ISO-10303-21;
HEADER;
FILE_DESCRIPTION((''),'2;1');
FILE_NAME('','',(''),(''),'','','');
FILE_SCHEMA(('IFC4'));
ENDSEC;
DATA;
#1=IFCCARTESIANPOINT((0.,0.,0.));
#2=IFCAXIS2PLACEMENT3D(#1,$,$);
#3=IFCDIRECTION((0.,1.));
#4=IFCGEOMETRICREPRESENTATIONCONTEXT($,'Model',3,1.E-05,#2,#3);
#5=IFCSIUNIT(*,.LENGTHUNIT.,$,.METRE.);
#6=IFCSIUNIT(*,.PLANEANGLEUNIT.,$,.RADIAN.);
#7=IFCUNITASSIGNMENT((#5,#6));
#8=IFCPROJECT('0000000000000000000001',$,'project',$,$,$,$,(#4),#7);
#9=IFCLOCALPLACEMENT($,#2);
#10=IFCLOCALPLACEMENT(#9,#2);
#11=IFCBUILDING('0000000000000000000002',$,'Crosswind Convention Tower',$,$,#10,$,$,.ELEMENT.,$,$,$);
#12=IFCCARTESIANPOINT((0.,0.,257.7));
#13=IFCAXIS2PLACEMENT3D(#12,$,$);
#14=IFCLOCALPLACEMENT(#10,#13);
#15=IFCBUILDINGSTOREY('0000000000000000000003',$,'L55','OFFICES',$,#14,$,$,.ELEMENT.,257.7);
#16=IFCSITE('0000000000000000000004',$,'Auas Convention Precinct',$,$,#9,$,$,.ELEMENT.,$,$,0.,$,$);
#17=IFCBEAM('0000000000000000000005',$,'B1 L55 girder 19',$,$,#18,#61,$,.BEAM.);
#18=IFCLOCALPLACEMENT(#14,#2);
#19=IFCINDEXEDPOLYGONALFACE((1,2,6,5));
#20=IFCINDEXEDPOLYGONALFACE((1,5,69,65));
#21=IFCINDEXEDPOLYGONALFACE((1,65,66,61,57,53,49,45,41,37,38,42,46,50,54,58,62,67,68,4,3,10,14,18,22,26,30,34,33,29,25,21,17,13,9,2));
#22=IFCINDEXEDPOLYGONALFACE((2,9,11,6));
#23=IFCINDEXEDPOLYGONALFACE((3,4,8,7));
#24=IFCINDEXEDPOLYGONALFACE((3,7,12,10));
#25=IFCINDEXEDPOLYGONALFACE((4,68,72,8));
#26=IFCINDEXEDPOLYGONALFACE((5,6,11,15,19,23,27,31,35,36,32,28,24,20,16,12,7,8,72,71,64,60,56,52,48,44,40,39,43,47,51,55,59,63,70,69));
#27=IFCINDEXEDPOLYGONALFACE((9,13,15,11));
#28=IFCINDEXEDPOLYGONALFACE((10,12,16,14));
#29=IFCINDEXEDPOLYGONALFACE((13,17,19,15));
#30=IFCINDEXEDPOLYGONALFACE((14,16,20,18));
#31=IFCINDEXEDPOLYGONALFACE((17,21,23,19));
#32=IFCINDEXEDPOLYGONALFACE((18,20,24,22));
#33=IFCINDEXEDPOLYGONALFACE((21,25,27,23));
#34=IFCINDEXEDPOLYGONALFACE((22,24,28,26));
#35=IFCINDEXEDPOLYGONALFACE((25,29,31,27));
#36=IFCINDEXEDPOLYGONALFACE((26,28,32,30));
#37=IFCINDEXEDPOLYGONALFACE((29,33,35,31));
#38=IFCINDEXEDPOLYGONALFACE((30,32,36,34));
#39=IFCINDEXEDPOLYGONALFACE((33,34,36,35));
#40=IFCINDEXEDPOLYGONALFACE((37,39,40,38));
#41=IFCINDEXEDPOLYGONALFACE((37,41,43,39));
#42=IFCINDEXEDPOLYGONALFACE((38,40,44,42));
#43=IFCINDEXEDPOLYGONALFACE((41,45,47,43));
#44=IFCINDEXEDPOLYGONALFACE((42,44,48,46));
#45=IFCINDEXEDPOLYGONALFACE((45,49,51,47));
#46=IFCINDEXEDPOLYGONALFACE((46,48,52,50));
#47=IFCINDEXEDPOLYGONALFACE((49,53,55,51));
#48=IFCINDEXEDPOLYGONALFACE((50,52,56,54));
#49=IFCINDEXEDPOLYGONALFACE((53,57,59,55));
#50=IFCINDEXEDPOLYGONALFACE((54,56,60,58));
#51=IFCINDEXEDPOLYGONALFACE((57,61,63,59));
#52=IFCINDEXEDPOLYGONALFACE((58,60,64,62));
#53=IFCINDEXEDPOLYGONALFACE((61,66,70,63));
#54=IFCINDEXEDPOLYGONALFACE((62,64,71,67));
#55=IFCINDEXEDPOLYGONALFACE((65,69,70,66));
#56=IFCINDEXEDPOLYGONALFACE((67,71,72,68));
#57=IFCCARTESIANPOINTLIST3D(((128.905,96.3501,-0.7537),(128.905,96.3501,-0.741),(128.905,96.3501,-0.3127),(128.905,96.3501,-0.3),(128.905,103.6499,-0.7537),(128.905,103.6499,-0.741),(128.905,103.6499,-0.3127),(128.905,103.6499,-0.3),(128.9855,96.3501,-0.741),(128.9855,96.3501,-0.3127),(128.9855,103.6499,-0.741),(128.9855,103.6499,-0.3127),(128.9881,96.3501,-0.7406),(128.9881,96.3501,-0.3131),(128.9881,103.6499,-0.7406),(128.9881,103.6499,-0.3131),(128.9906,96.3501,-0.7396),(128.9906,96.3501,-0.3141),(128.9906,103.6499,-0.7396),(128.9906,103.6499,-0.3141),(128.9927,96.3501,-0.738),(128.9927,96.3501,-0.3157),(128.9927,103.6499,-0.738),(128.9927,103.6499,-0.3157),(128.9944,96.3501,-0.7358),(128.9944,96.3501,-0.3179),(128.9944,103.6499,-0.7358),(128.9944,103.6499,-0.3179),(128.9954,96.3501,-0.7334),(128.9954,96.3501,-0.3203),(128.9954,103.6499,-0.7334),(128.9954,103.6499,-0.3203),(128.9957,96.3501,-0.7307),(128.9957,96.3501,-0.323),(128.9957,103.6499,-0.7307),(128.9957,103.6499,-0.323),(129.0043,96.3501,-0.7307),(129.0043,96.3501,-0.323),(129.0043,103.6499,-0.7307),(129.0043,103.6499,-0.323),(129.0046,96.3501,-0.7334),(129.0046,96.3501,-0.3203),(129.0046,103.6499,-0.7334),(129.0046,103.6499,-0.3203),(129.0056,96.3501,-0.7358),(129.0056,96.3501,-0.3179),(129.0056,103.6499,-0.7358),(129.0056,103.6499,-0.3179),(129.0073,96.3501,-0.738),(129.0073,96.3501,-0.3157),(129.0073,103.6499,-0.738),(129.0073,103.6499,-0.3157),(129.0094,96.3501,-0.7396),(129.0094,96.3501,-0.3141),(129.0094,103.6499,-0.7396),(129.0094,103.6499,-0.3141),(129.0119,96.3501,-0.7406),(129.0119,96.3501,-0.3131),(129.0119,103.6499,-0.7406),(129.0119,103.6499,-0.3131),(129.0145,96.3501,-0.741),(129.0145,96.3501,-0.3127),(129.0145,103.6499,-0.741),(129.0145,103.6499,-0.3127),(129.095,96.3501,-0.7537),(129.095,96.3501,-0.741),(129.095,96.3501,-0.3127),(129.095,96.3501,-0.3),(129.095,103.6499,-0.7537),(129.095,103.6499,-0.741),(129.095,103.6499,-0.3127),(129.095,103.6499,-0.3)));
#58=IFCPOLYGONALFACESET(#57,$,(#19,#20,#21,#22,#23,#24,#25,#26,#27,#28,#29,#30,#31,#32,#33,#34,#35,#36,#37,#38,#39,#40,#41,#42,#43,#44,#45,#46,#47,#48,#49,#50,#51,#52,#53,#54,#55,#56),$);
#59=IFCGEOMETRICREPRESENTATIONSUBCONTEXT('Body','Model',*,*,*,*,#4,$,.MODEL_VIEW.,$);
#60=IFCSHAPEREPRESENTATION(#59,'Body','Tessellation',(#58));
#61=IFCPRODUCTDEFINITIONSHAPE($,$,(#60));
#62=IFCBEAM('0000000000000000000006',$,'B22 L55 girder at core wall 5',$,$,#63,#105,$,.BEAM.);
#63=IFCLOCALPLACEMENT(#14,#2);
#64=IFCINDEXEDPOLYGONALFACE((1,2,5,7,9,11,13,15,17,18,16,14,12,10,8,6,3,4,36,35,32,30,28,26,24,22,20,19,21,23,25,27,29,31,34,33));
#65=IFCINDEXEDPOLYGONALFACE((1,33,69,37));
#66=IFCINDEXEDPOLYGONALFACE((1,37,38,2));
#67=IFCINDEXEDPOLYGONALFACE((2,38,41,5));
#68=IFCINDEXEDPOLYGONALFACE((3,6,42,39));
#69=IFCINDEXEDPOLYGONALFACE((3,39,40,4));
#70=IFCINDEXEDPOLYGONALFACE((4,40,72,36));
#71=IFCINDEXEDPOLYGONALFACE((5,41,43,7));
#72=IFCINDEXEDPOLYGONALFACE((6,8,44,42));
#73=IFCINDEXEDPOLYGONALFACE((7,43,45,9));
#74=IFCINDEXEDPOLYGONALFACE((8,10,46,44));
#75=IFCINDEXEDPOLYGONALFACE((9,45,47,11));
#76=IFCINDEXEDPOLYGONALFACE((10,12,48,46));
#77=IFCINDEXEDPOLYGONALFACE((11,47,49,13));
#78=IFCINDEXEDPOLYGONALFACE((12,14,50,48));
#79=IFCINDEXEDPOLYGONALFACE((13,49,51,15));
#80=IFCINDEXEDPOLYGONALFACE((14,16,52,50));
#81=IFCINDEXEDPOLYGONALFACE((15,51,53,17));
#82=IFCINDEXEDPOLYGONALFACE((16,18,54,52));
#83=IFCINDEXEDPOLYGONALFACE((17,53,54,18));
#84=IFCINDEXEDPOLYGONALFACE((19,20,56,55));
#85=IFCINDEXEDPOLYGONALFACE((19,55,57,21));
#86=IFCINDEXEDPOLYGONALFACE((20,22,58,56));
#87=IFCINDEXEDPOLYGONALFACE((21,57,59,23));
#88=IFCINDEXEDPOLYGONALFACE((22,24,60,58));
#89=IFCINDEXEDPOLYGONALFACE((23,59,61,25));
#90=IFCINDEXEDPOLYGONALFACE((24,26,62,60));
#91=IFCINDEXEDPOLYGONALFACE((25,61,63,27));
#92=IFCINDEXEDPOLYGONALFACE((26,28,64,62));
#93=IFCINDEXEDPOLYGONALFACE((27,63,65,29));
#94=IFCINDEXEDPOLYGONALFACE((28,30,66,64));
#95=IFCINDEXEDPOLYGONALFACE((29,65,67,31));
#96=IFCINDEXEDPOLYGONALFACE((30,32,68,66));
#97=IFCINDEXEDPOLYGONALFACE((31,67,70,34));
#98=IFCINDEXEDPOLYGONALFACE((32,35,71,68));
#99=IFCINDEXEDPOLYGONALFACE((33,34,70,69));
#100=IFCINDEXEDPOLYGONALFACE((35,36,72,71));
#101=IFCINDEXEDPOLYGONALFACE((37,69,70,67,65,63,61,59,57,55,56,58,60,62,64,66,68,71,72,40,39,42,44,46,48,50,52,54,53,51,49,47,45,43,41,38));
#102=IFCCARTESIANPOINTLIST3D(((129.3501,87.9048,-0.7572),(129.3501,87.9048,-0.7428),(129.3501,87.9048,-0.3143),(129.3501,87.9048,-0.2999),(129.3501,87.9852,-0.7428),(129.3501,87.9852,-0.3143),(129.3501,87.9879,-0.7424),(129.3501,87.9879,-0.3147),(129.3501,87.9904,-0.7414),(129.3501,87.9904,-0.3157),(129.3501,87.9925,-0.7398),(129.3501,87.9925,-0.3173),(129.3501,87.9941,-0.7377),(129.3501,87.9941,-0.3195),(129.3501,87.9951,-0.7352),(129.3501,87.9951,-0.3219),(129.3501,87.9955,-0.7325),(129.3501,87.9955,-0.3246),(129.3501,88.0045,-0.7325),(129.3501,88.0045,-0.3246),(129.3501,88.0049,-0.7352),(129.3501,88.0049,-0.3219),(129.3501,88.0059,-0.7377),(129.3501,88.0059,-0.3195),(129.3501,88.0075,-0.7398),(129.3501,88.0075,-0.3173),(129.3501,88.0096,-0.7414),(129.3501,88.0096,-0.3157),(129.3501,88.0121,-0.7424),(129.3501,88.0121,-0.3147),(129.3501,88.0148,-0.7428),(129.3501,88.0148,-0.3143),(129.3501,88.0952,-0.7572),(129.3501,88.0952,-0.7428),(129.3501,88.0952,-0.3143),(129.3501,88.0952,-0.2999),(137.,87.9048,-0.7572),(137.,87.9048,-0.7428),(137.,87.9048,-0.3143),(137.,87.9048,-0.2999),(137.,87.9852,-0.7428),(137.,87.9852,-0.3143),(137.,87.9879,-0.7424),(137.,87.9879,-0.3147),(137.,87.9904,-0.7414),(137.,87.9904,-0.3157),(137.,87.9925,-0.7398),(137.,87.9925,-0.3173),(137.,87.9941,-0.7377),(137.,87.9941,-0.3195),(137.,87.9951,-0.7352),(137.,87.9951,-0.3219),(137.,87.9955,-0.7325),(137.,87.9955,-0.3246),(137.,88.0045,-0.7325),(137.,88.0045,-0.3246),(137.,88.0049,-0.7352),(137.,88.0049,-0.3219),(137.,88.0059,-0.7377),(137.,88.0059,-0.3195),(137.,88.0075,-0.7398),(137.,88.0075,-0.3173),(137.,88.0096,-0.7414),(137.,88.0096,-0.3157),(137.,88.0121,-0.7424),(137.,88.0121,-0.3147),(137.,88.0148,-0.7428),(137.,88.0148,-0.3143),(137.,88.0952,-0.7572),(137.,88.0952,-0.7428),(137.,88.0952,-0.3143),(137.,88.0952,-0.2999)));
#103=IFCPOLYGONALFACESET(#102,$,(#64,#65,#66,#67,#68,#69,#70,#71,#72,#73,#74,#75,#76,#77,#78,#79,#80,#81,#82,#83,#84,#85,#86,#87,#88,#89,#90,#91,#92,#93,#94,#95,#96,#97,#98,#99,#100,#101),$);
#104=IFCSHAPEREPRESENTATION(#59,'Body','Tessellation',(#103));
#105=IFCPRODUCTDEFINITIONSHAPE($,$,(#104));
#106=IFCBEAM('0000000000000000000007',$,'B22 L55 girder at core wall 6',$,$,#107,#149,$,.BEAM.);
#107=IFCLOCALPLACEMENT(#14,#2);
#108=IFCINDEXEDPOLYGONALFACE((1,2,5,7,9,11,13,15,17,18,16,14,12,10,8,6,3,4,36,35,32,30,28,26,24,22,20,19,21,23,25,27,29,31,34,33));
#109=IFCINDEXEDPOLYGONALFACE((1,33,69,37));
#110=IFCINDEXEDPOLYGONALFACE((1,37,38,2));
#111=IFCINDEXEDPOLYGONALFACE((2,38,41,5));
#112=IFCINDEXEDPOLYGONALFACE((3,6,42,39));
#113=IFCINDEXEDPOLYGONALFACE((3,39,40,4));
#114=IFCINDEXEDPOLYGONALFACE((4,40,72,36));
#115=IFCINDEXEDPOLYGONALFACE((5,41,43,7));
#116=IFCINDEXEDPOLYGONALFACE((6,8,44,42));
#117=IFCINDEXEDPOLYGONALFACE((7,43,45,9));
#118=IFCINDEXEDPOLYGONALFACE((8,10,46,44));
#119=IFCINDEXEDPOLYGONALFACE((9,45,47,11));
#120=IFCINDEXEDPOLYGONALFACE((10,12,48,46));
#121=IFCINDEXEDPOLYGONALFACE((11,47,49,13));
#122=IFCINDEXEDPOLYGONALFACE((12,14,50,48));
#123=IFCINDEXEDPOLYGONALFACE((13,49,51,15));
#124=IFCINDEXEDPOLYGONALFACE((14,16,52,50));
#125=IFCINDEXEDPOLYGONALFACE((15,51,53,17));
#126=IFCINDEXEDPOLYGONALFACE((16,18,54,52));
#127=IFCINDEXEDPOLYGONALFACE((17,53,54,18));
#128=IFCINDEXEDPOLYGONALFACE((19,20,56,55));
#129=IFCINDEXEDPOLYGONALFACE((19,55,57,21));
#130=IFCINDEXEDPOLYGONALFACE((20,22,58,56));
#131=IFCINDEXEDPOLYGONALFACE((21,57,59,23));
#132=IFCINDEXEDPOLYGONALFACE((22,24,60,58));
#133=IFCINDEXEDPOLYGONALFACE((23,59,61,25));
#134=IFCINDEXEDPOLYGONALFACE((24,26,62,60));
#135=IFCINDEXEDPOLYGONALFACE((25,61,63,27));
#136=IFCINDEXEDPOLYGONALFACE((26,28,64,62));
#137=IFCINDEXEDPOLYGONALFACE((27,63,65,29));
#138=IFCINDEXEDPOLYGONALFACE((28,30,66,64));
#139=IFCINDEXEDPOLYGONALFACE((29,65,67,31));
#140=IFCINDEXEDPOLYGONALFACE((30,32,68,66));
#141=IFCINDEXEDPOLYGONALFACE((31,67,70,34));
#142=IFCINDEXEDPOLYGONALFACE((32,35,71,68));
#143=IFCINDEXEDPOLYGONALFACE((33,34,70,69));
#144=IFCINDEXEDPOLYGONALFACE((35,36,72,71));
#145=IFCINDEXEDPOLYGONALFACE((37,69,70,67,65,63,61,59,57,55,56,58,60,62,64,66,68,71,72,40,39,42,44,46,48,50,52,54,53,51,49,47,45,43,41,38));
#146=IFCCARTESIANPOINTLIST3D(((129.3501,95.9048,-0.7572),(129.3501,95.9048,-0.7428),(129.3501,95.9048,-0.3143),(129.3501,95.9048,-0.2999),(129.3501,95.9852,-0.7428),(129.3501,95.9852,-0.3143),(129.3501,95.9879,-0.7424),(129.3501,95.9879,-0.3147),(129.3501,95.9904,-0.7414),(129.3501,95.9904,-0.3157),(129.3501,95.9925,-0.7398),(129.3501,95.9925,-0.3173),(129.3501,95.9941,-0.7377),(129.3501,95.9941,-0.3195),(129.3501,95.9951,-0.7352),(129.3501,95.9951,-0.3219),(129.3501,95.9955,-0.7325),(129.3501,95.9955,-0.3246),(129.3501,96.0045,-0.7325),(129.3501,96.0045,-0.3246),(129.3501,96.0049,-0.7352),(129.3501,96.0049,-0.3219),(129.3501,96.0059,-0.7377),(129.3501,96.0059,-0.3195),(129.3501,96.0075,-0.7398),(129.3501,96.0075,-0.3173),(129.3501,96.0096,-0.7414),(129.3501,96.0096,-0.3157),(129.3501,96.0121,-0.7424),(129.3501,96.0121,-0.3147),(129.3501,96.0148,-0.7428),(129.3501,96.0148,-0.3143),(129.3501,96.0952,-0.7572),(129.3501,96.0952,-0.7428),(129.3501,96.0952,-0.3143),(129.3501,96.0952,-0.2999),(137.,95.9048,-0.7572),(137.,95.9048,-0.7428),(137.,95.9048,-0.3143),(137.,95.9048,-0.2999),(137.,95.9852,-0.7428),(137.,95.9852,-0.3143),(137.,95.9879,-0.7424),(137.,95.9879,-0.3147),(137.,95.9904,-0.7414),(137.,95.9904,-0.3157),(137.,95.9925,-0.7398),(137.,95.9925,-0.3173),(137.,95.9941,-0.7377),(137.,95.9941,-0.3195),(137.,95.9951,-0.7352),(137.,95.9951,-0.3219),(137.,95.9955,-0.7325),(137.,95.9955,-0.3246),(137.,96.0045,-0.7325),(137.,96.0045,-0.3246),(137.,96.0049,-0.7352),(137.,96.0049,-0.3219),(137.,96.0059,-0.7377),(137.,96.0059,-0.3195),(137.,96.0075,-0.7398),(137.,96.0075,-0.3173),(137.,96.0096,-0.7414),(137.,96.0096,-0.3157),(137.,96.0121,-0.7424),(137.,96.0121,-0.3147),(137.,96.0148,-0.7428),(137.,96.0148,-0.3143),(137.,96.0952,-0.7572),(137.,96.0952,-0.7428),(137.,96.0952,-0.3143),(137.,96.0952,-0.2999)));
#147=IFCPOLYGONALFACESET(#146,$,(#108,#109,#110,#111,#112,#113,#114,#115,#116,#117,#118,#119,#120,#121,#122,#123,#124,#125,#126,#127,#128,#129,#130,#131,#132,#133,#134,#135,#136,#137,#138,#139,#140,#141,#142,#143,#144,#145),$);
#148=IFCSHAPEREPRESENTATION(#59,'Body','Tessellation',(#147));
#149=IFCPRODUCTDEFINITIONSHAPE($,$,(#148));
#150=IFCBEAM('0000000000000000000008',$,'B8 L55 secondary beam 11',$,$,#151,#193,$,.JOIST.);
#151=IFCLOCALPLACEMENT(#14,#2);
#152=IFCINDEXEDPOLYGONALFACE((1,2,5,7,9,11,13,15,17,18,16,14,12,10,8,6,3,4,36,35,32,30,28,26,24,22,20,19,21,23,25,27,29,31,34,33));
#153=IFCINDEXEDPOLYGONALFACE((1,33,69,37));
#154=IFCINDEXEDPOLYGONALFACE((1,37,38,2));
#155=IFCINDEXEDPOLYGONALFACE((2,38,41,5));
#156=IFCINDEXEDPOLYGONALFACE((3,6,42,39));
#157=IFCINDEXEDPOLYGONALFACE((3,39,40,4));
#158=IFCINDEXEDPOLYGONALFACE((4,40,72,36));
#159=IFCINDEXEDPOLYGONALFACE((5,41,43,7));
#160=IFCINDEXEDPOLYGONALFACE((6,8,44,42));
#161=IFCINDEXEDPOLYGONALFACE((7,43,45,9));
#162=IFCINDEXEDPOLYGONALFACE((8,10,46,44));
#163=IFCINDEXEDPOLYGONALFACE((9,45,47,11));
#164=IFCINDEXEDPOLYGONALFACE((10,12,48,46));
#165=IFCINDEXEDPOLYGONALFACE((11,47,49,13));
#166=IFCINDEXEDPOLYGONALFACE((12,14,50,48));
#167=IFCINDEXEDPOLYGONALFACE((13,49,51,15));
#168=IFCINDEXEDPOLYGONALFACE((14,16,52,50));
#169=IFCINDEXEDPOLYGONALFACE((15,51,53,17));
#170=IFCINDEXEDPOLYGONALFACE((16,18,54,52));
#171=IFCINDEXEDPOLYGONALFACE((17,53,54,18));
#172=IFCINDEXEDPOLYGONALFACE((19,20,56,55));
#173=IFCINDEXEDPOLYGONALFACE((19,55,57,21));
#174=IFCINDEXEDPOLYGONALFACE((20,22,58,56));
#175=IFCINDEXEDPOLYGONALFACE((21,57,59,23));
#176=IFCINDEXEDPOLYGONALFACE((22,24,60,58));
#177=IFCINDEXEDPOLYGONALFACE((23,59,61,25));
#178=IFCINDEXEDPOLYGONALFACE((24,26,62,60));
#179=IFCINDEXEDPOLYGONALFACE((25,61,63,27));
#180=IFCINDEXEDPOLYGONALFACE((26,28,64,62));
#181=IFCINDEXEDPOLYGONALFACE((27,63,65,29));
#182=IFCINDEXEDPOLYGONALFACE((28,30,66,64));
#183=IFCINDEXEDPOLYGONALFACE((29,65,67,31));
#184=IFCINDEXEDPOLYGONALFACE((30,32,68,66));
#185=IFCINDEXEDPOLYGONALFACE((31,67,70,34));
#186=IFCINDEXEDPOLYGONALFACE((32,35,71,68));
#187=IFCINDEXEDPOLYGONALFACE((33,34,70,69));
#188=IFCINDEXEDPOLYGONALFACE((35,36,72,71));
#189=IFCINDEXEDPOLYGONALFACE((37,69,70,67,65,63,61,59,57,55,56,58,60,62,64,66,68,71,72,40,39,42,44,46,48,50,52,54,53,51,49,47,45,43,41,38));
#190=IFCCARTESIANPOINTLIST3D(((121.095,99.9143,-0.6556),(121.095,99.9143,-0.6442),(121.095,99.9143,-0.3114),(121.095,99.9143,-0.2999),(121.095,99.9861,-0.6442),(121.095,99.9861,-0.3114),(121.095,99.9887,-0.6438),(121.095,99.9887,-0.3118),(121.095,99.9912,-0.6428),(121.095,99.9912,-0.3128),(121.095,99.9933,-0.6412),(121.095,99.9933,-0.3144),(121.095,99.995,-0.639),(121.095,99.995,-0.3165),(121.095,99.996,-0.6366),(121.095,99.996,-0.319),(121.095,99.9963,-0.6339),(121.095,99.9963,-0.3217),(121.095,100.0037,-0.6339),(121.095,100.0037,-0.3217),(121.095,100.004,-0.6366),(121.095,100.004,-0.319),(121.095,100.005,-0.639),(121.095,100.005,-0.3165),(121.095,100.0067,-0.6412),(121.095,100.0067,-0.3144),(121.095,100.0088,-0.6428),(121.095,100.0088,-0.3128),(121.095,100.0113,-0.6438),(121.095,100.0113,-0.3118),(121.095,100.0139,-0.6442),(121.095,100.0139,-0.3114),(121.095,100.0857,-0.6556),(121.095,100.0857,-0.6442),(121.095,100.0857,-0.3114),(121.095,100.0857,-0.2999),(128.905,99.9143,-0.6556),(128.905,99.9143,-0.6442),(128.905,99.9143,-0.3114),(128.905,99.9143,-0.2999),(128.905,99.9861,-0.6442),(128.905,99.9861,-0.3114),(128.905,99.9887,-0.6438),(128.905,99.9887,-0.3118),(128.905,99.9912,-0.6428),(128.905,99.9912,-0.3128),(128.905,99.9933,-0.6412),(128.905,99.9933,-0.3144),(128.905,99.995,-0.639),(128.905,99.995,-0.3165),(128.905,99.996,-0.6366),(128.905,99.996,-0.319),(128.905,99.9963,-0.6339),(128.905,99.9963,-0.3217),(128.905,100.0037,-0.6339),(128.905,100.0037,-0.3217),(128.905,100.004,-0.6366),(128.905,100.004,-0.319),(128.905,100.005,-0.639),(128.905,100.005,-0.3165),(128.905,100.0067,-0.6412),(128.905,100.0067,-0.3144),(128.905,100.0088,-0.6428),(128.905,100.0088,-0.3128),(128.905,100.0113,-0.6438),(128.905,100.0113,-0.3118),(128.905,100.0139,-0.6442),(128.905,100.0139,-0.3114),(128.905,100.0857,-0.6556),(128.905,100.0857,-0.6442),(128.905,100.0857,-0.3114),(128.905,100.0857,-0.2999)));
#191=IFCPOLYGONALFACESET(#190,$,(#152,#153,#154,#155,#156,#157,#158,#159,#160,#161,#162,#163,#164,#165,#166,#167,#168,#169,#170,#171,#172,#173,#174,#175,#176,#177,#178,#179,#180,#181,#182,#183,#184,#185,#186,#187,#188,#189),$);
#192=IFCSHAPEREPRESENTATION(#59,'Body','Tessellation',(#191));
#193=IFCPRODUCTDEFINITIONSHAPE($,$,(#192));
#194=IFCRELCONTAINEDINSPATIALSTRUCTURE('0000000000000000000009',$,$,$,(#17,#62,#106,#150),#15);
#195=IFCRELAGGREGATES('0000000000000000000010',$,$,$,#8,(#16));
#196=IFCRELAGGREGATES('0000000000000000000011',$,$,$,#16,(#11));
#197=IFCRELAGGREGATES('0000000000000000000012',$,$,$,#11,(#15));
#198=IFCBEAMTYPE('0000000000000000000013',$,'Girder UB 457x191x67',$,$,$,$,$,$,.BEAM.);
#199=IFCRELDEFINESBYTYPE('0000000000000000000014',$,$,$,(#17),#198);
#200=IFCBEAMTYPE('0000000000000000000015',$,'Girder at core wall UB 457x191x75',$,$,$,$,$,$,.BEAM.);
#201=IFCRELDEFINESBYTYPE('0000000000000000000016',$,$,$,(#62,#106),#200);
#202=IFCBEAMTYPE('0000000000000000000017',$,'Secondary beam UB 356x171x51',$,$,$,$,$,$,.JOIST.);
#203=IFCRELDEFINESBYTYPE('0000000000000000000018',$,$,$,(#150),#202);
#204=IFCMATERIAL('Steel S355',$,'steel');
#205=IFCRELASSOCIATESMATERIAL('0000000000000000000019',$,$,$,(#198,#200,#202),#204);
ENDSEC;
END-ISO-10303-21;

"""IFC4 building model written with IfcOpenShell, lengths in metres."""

from ifc_helpers import new_model, si_unit, direction, frame, origin, origin_2d, place, context, subcontext, project, spatial, i_section, extrude, material, material_profile, profile_set, type_object, element, save


model = new_model("IFC4")

# Units and contexts
model_context = context("Model", 3, precision=1e-05, world=origin(), true_north=direction((0.0, 1.0)))
body_context = subcontext(model_context, "Body", "Model", "MODEL_VIEW")
ifc_project = project(units=[si_unit("LENGTHUNIT", "METRE"), si_unit("PLANEANGLEUNIT", "RADIAN")], contexts=[model_context])

# Site, building, storey
site_placement = place(None, origin())
site = spatial("IfcSite", under=ifc_project, at=site_placement, Name="Auas Convention Precinct", CompositionType="ELEMENT", RefElevation=0.0)
building_placement = place(site_placement, origin())
building = spatial("IfcBuilding", under=site, at=building_placement, Name="Crosswind Convention Tower", CompositionType="ELEMENT")
storey_placement = place(building_placement, frame((0.0, 0.0, 257.7)))
storey = spatial("IfcBuildingStorey", under=building, at=storey_placement, Name="L55", Description="OFFICES", CompositionType="ELEMENT", Elevation=257.7)

# Beams
ifc_material_1 = material(Name="Steel S355", Category="steel")
ifc_material_profile_1 = material_profile(ifc_material_1, i_section(OverallWidth=0.1899, OverallDepth=0.4536, WebThickness=0.0085, FlangeThickness=0.0127, FilletRadius=0.0103, at=origin_2d()), Name="UB 457x191x67")
ifc_profile_set_1 = profile_set([ifc_material_profile_1], Name="Steel S355")
beam_type_1 = type_object("IfcBeamType", Name="Girder UB 457x191x67", PredefinedType="BEAM", material=ifc_profile_set_1)
for number, where, z_axis, x_axis, name in (
    (1, (129.0, 96.3501, -0.5269), (0.0, 1.0, 0.0), (-1.0, 0.0, 0.0), "B1 L55 girder 19"),
):
    element("IfcBeam", number, at=place(storey_placement, frame(where, z_axis=z_axis, x_axis=x_axis)), inside=storey, type_object=beam_type_1, Name=name, PredefinedType="BEAM", context=body_context, shape_type="SweptSolid", body=[
        extrude(i_section(OverallWidth=0.1899, OverallDepth=0.4536, WebThickness=0.0085, FlangeThickness=0.0127, FilletRadius=0.0103, at=origin_2d()), origin(), (0.0, 0.0, 1.0), 7.2998),
    ])
ifc_material_profile_2 = material_profile(ifc_material_1, i_section(OverallWidth=0.1904, OverallDepth=0.4573, WebThickness=0.009, FlangeThickness=0.0144, FilletRadius=0.0103, at=origin_2d()), Name="UB 457x191x75")
ifc_profile_set_2 = profile_set([ifc_material_profile_2], Name="Steel S355")
beam_type_2 = type_object("IfcBeamType", Name="Girder at core wall UB 457x191x75", PredefinedType="BEAM", material=ifc_profile_set_2)
for number, where, z_axis, x_axis, name in (
    (2, (129.3501, 88.0, -0.5286), (1.0, 0.0, 0.0), (0.0, 1.0, 0.0), "B22 L55 girder at core wall 5"),
    (3, (129.3501, 96.0, -0.5286), (1.0, 0.0, 0.0), (0.0, 1.0, 0.0), "B22 L55 girder at core wall 6"),
):
    element("IfcBeam", number, at=place(storey_placement, frame(where, z_axis=z_axis, x_axis=x_axis)), inside=storey, type_object=beam_type_2, Name=name, PredefinedType="BEAM", context=body_context, shape_type="SweptSolid", body=[
        extrude(i_section(OverallWidth=0.1904, OverallDepth=0.4573, WebThickness=0.009, FlangeThickness=0.0144, FilletRadius=0.0103, at=origin_2d()), origin(), (0.0, 0.0, 1.0), 7.6499),
    ])
ifc_material_profile_3 = material_profile(ifc_material_1, i_section(OverallWidth=0.1714, OverallDepth=0.3557, WebThickness=0.0073, FlangeThickness=0.0115, FilletRadius=0.0103, at=origin_2d()), Name="UB 356x171x51")
ifc_profile_set_3 = profile_set([ifc_material_profile_3], Name="Steel S355")
beam_type_3 = type_object("IfcBeamType", Name="Secondary beam UB 356x171x51", PredefinedType="JOIST", material=ifc_profile_set_3)
beam_1_placement = place(storey_placement, frame((121.095, 100.0, -0.4778), z_axis=(1.0, 0.0, 0.0), x_axis=(0.0, 1.0, 0.0)))
element("IfcBeam", 4, at=beam_1_placement, inside=storey, type_object=beam_type_3, Name="B8 L55 secondary beam 11", PredefinedType="JOIST", context=body_context, shape_type="SweptSolid", body=[
    extrude(i_section(OverallWidth=0.1714, OverallDepth=0.3557, WebThickness=0.0073, FlangeThickness=0.0115, FilletRadius=0.0103, at=origin_2d()), origin(), (0.0, 0.0, 1.0), 7.8101),
])

save(model, "model.ifc")
